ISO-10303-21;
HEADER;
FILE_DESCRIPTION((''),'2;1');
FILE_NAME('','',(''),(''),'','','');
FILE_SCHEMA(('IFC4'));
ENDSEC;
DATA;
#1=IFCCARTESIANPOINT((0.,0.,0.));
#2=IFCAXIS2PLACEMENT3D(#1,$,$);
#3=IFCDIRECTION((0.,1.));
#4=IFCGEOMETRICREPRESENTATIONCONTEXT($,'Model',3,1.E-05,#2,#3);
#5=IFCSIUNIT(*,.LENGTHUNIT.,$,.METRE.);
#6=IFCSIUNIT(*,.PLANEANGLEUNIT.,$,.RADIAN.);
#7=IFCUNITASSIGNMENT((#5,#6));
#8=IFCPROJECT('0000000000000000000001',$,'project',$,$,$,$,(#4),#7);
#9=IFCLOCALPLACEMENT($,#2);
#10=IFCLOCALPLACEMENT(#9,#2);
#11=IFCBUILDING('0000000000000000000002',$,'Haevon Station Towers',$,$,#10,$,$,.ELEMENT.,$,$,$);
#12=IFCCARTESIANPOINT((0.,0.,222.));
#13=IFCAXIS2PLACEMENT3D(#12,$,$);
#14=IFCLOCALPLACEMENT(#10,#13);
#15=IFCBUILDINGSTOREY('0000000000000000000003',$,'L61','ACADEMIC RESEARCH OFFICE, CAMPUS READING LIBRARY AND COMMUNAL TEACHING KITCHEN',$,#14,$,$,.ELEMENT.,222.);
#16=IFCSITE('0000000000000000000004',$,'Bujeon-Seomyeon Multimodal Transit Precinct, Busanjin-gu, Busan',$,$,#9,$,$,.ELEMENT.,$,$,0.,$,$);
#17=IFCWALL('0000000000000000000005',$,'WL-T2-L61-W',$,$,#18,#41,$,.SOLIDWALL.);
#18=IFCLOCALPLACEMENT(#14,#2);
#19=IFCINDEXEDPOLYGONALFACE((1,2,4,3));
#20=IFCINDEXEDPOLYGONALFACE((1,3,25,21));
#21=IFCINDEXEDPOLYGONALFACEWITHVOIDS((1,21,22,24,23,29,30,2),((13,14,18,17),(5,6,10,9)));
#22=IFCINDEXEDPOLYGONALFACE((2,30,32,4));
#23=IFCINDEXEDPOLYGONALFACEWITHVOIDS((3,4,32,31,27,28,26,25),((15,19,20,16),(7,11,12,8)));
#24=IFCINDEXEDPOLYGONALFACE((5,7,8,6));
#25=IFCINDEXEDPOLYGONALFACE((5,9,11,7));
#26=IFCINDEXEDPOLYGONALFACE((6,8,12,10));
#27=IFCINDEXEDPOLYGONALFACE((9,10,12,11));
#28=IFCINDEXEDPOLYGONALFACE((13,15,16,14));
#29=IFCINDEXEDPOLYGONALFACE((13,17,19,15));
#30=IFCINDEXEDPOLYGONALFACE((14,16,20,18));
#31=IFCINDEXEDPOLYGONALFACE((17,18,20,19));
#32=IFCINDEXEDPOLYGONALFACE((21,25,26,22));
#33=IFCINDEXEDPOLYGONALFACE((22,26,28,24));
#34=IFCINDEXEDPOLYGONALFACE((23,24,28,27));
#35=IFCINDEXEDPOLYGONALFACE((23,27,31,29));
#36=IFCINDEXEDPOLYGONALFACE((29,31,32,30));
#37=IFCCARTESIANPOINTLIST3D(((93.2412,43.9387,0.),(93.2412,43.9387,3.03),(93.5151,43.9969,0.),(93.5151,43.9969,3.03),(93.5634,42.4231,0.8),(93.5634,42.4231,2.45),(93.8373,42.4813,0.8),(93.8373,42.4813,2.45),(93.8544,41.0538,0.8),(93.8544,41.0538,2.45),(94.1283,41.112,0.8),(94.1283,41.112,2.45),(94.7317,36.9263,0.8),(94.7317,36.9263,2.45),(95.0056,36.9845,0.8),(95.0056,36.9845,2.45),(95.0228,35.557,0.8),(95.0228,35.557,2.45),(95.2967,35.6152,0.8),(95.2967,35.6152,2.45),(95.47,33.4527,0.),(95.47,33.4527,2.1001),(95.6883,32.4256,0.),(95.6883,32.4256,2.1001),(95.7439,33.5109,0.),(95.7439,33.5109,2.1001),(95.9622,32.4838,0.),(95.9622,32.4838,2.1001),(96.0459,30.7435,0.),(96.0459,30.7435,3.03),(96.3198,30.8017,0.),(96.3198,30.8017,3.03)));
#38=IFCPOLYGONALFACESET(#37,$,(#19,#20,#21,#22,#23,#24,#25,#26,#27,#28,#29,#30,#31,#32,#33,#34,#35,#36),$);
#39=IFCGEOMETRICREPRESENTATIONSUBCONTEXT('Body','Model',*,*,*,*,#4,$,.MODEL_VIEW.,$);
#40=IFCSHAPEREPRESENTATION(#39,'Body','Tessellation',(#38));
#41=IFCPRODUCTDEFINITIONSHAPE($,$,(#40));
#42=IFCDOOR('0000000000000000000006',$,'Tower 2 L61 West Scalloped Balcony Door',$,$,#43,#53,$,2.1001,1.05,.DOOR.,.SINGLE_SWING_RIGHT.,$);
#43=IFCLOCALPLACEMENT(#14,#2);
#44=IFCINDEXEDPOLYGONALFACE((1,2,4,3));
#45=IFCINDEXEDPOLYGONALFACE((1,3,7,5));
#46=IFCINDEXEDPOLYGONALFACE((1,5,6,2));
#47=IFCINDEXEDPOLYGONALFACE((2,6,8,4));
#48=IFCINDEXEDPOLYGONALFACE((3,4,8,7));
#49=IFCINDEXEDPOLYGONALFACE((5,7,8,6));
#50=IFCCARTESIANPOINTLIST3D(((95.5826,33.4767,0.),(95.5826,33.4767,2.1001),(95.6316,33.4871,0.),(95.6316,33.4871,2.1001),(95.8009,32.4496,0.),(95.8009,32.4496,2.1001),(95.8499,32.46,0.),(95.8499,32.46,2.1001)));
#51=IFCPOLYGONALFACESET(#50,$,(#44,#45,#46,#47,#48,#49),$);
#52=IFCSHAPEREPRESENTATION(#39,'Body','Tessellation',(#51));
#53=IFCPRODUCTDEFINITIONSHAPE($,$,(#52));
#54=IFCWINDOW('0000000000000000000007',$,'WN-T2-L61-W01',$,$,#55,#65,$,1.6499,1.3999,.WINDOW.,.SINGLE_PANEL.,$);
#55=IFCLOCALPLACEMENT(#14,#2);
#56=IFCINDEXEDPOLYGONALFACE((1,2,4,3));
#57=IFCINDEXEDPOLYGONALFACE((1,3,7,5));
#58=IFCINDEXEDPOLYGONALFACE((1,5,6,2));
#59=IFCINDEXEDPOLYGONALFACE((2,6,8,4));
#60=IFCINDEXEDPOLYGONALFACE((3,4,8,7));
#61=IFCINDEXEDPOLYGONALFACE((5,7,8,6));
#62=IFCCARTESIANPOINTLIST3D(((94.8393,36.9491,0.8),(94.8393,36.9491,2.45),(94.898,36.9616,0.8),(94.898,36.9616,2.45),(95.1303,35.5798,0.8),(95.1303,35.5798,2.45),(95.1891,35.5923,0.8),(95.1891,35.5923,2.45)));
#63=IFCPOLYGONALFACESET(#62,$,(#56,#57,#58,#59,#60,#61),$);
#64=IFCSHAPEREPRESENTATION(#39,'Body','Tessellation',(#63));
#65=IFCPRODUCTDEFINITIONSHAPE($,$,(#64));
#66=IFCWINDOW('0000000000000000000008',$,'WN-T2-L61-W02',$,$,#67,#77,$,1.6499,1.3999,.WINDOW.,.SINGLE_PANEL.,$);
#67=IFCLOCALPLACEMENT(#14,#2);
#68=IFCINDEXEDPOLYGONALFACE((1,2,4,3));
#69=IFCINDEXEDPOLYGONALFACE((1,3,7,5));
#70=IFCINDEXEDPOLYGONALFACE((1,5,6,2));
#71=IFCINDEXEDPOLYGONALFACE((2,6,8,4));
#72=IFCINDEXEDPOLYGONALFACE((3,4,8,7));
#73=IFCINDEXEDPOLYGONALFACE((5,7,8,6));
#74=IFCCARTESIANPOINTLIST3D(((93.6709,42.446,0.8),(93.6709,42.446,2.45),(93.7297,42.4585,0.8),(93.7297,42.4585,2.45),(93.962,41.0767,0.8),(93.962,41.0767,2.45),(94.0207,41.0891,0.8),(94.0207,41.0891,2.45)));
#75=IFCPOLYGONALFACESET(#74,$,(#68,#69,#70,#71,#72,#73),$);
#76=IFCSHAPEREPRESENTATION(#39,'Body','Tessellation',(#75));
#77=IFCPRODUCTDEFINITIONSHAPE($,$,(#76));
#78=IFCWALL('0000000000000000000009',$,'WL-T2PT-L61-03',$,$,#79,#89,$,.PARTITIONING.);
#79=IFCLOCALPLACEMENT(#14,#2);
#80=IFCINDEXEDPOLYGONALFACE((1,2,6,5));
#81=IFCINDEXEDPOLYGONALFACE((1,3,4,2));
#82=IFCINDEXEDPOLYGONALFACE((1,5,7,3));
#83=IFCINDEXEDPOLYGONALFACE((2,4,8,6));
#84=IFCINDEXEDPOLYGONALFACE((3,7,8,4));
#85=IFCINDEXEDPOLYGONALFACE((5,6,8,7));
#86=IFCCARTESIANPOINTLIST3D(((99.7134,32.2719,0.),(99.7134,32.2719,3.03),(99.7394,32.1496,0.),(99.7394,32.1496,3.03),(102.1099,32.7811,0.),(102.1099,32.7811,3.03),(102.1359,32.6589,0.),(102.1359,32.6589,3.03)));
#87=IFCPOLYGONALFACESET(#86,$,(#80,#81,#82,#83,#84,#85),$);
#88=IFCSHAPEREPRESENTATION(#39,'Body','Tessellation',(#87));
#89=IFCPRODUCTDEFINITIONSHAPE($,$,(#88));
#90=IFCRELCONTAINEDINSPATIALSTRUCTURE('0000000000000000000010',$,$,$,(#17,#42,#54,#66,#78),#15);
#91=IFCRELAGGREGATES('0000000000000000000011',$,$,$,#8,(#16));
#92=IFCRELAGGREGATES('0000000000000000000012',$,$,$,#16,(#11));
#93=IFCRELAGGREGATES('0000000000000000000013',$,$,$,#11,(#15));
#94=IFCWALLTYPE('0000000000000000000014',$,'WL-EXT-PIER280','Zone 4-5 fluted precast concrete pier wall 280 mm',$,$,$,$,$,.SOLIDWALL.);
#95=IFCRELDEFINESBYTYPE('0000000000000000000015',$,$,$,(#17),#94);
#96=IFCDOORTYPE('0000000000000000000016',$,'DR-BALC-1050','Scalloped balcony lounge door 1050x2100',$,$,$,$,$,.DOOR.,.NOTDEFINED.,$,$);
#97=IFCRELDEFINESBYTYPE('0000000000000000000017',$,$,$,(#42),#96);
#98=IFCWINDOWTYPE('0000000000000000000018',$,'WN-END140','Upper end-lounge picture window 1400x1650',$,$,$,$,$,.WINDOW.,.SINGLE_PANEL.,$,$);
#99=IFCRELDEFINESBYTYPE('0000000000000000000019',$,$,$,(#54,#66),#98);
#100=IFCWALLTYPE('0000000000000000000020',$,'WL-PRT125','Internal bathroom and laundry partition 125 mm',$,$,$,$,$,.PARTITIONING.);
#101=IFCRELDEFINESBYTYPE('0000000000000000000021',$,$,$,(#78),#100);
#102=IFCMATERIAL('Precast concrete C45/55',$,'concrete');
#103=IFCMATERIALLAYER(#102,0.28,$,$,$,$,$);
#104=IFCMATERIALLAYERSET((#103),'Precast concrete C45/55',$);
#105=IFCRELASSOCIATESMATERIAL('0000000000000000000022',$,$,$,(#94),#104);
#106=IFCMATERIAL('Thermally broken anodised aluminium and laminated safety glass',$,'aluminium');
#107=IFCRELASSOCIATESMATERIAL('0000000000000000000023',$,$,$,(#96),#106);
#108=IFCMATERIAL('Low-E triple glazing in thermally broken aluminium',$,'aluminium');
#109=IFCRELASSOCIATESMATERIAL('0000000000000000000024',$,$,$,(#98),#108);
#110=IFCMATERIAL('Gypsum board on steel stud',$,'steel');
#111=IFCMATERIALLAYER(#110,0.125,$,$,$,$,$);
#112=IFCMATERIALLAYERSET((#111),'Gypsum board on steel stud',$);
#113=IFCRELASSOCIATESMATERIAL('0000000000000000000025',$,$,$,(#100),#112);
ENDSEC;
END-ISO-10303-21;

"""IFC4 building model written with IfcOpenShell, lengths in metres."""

from ifc_helpers import new_model, si_unit, direction, frame, frame_2d, origin, place, context, subcontext, project, spatial, rectangle, extrude, material, layer, layer_set, type_object, element, fill, save


model = new_model("IFC4")

# Units and contexts
model_context = context("Model", 3, precision=1e-05, world=origin(), true_north=direction((0.0, 1.0)))
body_context = subcontext(model_context, "Body", "Model", "MODEL_VIEW")
ifc_project = project(units=[si_unit("LENGTHUNIT", "METRE"), si_unit("PLANEANGLEUNIT", "RADIAN")], contexts=[model_context])

# Site, building, storey
site_placement = place(None, origin())
site = spatial("IfcSite", under=ifc_project, at=site_placement, Name="Bujeon-Seomyeon Multimodal Transit Precinct, Busanjin-gu, Busan", CompositionType="ELEMENT", RefElevation=0.0)
building_placement = place(site_placement, origin())
building = spatial("IfcBuilding", under=site, at=building_placement, Name="Haevon Station Towers", CompositionType="ELEMENT")
storey_placement = place(building_placement, frame((0.0, 0.0, 222.0)))
storey = spatial("IfcBuildingStorey", under=building, at=storey_placement, Name="L61", Description="ACADEMIC RESEARCH OFFICE, CAMPUS READING LIBRARY AND COMMUNAL TEACHING KITCHEN", CompositionType="ELEMENT", Elevation=222.0)

# Shared definitions
ifc_material_1 = material(Name="Gypsum board on steel stud", Category="steel")

# Wall, openings, door, windows
ifc_material_2 = material(Name="Precast concrete C45/55", Category="concrete")
ifc_layer_1 = layer(ifc_material_2, 0.28)
ifc_layer_set_1 = layer_set([ifc_layer_1], Name="Precast concrete C45/55")
wall_type_1 = type_object("IfcWallType", Name="WL-EXT-PIER280", Description="Zone 4-5 fluted precast concrete pier wall 280 mm", PredefinedType="SOLIDWALL", material=ifc_layer_set_1)
wall_1_placement = place(storey_placement, frame((96.1829, 30.7725, 0.0), z_axis=(0.0, 0.0, 1.0), x_axis=(-0.207907, 0.978149, 0.0)))
wall_1 = element("IfcWall", 1, at=wall_1_placement, inside=storey, type_object=wall_type_1, Name="WL-T2-L61-W", PredefinedType="SOLIDWALL", context=body_context, shape_type="SweptSolid", body=[
    extrude(rectangle(XDim=13.49, YDim=0.28, at=frame_2d((6.7451, 0.0))), origin(), (0.0, 0.0, 1.0), 3.03),
])
opening_1_placement = place(wall_1_placement, frame((1.72, 0.0, 0.0)))
opening_1 = element("IfcOpeningElement", 2, at=opening_1_placement, cuts=wall_1, PredefinedType="OPENING", context=body_context, shape_type="SweptSolid", body=[
    extrude(rectangle(XDim=1.05, YDim=2.1001, at=frame_2d((0.5249, 1.05))), frame((0.0, 0.1499, 0.0), z_axis=(0.0, -1.0, 0.0), x_axis=(1.0, 0.0, 0.0)), (0.0, 0.0, 1.0), 0.3),
])
opening_2_placement = place(wall_1_placement, frame((4.9211, 0.0, 0.8)))
opening_2 = element("IfcOpeningElement", 3, at=opening_2_placement, cuts=wall_1, PredefinedType="OPENING", context=body_context, shape_type="SweptSolid", body=[
    extrude(rectangle(XDim=1.3999, YDim=1.6499, at=frame_2d((0.7, 0.825))), frame((0.0, 0.1499, 0.0), z_axis=(0.0, -1.0, 0.0), x_axis=(1.0, 0.0, 0.0)), (0.0, 0.0, 1.0), 0.3),
])
opening_3_placement = place(wall_1_placement, frame((10.5408, 0.0, 0.8)))
opening_3 = element("IfcOpeningElement", 4, at=opening_3_placement, cuts=wall_1, PredefinedType="OPENING", context=body_context, shape_type="SweptSolid", body=[
    extrude(rectangle(XDim=1.3999, YDim=1.6499, at=frame_2d((0.7, 0.825))), frame((0.0, 0.1499, 0.0), z_axis=(0.0, -1.0, 0.0), x_axis=(1.0, 0.0, 0.0)), (0.0, 0.0, 1.0), 0.3),
])
ifc_material_3 = material(Name="Thermally broken anodised aluminium and laminated safety glass", Category="aluminium")
door_type_1 = type_object("IfcDoorType", Name="DR-BALC-1050", Description="Scalloped balcony lounge door 1050x2100", OperationType="NOTDEFINED", PredefinedType="DOOR", material=ifc_material_3)
door_1_placement = place(opening_1_placement, origin())
door_1 = element("IfcDoor", 5, at=door_1_placement, inside=storey, type_object=door_type_1, Name="Tower 2 L61 West Scalloped Balcony Door", OperationType="SINGLE_SWING_RIGHT", OverallHeight=2.1001, OverallWidth=1.05, PredefinedType="DOOR", context=body_context, shape_type="SweptSolid", body=[
    extrude(rectangle(XDim=1.05, YDim=2.1001, at=frame_2d((0.5249, 1.05))), frame((0.0, 0.0249, 0.0), z_axis=(0.0, -1.0, 0.0), x_axis=(1.0, 0.0, 0.0)), (0.0, 0.0, 1.0), 0.05),
])
fill(opening_1, door_1)
ifc_material_4 = material(Name="Low-E triple glazing in thermally broken aluminium", Category="aluminium")
window_type = type_object("IfcWindowType", Name="WN-END140", Description="Upper end-lounge picture window 1400x1650", PartitioningType="SINGLE_PANEL", PredefinedType="WINDOW", material=ifc_material_4)
window_1_placement = place(opening_2_placement, origin())
window_1 = element("IfcWindow", 6, at=window_1_placement, inside=storey, type_object=window_type, Name="WN-T2-L61-W01", OverallHeight=1.6499, OverallWidth=1.3999, PartitioningType="SINGLE_PANEL", PredefinedType="WINDOW", context=body_context, shape_type="SweptSolid", body=[
    extrude(rectangle(XDim=1.3999, YDim=1.6499, at=frame_2d((0.7, 0.825))), frame((0.0, 0.03, 0.0), z_axis=(0.0, -1.0, 0.0), x_axis=(1.0, 0.0, 0.0)), (0.0, 0.0, 1.0), 0.0601),
])
fill(opening_2, window_1)
window_2_placement = place(opening_3_placement, origin())
window_2 = element("IfcWindow", 7, at=window_2_placement, inside=storey, type_object=window_type, Name="WN-T2-L61-W02", OverallHeight=1.6499, OverallWidth=1.3999, PartitioningType="SINGLE_PANEL", PredefinedType="WINDOW", context=body_context, shape_type="SweptSolid", body=[
    extrude(rectangle(XDim=1.3999, YDim=1.6499, at=frame_2d((0.7, 0.825))), frame((0.0, 0.03, 0.0), z_axis=(0.0, -1.0, 0.0), x_axis=(1.0, 0.0, 0.0)), (0.0, 0.0, 1.0), 0.0601),
])
fill(opening_3, window_2)

# Wall
ifc_layer_2 = layer(ifc_material_1, 0.125)
ifc_layer_set_2 = layer_set([ifc_layer_2], Name="Gypsum board on steel stud")
wall_type_2 = type_object("IfcWallType", Name="WL-PRT125", Description="Internal bathroom and laundry partition 125 mm", PredefinedType="PARTITIONING", material=ifc_layer_set_2)
wall_2_placement = place(storey_placement, frame((99.7263, 32.2107, 0.0), z_axis=(0.0, 0.0, 1.0), x_axis=(0.978157, 0.207868, 0.0)))
element("IfcWall", 8, at=wall_2_placement, inside=storey, type_object=wall_type_2, Name="WL-T2PT-L61-03", PredefinedType="PARTITIONING", context=body_context, shape_type="SweptSolid", body=[
    extrude(rectangle(XDim=2.45, YDim=0.125, at=frame_2d((1.2251, 0.0))), origin(), (0.0, 0.0, 1.0), 3.03),
])

save(model, "model.ifc")
